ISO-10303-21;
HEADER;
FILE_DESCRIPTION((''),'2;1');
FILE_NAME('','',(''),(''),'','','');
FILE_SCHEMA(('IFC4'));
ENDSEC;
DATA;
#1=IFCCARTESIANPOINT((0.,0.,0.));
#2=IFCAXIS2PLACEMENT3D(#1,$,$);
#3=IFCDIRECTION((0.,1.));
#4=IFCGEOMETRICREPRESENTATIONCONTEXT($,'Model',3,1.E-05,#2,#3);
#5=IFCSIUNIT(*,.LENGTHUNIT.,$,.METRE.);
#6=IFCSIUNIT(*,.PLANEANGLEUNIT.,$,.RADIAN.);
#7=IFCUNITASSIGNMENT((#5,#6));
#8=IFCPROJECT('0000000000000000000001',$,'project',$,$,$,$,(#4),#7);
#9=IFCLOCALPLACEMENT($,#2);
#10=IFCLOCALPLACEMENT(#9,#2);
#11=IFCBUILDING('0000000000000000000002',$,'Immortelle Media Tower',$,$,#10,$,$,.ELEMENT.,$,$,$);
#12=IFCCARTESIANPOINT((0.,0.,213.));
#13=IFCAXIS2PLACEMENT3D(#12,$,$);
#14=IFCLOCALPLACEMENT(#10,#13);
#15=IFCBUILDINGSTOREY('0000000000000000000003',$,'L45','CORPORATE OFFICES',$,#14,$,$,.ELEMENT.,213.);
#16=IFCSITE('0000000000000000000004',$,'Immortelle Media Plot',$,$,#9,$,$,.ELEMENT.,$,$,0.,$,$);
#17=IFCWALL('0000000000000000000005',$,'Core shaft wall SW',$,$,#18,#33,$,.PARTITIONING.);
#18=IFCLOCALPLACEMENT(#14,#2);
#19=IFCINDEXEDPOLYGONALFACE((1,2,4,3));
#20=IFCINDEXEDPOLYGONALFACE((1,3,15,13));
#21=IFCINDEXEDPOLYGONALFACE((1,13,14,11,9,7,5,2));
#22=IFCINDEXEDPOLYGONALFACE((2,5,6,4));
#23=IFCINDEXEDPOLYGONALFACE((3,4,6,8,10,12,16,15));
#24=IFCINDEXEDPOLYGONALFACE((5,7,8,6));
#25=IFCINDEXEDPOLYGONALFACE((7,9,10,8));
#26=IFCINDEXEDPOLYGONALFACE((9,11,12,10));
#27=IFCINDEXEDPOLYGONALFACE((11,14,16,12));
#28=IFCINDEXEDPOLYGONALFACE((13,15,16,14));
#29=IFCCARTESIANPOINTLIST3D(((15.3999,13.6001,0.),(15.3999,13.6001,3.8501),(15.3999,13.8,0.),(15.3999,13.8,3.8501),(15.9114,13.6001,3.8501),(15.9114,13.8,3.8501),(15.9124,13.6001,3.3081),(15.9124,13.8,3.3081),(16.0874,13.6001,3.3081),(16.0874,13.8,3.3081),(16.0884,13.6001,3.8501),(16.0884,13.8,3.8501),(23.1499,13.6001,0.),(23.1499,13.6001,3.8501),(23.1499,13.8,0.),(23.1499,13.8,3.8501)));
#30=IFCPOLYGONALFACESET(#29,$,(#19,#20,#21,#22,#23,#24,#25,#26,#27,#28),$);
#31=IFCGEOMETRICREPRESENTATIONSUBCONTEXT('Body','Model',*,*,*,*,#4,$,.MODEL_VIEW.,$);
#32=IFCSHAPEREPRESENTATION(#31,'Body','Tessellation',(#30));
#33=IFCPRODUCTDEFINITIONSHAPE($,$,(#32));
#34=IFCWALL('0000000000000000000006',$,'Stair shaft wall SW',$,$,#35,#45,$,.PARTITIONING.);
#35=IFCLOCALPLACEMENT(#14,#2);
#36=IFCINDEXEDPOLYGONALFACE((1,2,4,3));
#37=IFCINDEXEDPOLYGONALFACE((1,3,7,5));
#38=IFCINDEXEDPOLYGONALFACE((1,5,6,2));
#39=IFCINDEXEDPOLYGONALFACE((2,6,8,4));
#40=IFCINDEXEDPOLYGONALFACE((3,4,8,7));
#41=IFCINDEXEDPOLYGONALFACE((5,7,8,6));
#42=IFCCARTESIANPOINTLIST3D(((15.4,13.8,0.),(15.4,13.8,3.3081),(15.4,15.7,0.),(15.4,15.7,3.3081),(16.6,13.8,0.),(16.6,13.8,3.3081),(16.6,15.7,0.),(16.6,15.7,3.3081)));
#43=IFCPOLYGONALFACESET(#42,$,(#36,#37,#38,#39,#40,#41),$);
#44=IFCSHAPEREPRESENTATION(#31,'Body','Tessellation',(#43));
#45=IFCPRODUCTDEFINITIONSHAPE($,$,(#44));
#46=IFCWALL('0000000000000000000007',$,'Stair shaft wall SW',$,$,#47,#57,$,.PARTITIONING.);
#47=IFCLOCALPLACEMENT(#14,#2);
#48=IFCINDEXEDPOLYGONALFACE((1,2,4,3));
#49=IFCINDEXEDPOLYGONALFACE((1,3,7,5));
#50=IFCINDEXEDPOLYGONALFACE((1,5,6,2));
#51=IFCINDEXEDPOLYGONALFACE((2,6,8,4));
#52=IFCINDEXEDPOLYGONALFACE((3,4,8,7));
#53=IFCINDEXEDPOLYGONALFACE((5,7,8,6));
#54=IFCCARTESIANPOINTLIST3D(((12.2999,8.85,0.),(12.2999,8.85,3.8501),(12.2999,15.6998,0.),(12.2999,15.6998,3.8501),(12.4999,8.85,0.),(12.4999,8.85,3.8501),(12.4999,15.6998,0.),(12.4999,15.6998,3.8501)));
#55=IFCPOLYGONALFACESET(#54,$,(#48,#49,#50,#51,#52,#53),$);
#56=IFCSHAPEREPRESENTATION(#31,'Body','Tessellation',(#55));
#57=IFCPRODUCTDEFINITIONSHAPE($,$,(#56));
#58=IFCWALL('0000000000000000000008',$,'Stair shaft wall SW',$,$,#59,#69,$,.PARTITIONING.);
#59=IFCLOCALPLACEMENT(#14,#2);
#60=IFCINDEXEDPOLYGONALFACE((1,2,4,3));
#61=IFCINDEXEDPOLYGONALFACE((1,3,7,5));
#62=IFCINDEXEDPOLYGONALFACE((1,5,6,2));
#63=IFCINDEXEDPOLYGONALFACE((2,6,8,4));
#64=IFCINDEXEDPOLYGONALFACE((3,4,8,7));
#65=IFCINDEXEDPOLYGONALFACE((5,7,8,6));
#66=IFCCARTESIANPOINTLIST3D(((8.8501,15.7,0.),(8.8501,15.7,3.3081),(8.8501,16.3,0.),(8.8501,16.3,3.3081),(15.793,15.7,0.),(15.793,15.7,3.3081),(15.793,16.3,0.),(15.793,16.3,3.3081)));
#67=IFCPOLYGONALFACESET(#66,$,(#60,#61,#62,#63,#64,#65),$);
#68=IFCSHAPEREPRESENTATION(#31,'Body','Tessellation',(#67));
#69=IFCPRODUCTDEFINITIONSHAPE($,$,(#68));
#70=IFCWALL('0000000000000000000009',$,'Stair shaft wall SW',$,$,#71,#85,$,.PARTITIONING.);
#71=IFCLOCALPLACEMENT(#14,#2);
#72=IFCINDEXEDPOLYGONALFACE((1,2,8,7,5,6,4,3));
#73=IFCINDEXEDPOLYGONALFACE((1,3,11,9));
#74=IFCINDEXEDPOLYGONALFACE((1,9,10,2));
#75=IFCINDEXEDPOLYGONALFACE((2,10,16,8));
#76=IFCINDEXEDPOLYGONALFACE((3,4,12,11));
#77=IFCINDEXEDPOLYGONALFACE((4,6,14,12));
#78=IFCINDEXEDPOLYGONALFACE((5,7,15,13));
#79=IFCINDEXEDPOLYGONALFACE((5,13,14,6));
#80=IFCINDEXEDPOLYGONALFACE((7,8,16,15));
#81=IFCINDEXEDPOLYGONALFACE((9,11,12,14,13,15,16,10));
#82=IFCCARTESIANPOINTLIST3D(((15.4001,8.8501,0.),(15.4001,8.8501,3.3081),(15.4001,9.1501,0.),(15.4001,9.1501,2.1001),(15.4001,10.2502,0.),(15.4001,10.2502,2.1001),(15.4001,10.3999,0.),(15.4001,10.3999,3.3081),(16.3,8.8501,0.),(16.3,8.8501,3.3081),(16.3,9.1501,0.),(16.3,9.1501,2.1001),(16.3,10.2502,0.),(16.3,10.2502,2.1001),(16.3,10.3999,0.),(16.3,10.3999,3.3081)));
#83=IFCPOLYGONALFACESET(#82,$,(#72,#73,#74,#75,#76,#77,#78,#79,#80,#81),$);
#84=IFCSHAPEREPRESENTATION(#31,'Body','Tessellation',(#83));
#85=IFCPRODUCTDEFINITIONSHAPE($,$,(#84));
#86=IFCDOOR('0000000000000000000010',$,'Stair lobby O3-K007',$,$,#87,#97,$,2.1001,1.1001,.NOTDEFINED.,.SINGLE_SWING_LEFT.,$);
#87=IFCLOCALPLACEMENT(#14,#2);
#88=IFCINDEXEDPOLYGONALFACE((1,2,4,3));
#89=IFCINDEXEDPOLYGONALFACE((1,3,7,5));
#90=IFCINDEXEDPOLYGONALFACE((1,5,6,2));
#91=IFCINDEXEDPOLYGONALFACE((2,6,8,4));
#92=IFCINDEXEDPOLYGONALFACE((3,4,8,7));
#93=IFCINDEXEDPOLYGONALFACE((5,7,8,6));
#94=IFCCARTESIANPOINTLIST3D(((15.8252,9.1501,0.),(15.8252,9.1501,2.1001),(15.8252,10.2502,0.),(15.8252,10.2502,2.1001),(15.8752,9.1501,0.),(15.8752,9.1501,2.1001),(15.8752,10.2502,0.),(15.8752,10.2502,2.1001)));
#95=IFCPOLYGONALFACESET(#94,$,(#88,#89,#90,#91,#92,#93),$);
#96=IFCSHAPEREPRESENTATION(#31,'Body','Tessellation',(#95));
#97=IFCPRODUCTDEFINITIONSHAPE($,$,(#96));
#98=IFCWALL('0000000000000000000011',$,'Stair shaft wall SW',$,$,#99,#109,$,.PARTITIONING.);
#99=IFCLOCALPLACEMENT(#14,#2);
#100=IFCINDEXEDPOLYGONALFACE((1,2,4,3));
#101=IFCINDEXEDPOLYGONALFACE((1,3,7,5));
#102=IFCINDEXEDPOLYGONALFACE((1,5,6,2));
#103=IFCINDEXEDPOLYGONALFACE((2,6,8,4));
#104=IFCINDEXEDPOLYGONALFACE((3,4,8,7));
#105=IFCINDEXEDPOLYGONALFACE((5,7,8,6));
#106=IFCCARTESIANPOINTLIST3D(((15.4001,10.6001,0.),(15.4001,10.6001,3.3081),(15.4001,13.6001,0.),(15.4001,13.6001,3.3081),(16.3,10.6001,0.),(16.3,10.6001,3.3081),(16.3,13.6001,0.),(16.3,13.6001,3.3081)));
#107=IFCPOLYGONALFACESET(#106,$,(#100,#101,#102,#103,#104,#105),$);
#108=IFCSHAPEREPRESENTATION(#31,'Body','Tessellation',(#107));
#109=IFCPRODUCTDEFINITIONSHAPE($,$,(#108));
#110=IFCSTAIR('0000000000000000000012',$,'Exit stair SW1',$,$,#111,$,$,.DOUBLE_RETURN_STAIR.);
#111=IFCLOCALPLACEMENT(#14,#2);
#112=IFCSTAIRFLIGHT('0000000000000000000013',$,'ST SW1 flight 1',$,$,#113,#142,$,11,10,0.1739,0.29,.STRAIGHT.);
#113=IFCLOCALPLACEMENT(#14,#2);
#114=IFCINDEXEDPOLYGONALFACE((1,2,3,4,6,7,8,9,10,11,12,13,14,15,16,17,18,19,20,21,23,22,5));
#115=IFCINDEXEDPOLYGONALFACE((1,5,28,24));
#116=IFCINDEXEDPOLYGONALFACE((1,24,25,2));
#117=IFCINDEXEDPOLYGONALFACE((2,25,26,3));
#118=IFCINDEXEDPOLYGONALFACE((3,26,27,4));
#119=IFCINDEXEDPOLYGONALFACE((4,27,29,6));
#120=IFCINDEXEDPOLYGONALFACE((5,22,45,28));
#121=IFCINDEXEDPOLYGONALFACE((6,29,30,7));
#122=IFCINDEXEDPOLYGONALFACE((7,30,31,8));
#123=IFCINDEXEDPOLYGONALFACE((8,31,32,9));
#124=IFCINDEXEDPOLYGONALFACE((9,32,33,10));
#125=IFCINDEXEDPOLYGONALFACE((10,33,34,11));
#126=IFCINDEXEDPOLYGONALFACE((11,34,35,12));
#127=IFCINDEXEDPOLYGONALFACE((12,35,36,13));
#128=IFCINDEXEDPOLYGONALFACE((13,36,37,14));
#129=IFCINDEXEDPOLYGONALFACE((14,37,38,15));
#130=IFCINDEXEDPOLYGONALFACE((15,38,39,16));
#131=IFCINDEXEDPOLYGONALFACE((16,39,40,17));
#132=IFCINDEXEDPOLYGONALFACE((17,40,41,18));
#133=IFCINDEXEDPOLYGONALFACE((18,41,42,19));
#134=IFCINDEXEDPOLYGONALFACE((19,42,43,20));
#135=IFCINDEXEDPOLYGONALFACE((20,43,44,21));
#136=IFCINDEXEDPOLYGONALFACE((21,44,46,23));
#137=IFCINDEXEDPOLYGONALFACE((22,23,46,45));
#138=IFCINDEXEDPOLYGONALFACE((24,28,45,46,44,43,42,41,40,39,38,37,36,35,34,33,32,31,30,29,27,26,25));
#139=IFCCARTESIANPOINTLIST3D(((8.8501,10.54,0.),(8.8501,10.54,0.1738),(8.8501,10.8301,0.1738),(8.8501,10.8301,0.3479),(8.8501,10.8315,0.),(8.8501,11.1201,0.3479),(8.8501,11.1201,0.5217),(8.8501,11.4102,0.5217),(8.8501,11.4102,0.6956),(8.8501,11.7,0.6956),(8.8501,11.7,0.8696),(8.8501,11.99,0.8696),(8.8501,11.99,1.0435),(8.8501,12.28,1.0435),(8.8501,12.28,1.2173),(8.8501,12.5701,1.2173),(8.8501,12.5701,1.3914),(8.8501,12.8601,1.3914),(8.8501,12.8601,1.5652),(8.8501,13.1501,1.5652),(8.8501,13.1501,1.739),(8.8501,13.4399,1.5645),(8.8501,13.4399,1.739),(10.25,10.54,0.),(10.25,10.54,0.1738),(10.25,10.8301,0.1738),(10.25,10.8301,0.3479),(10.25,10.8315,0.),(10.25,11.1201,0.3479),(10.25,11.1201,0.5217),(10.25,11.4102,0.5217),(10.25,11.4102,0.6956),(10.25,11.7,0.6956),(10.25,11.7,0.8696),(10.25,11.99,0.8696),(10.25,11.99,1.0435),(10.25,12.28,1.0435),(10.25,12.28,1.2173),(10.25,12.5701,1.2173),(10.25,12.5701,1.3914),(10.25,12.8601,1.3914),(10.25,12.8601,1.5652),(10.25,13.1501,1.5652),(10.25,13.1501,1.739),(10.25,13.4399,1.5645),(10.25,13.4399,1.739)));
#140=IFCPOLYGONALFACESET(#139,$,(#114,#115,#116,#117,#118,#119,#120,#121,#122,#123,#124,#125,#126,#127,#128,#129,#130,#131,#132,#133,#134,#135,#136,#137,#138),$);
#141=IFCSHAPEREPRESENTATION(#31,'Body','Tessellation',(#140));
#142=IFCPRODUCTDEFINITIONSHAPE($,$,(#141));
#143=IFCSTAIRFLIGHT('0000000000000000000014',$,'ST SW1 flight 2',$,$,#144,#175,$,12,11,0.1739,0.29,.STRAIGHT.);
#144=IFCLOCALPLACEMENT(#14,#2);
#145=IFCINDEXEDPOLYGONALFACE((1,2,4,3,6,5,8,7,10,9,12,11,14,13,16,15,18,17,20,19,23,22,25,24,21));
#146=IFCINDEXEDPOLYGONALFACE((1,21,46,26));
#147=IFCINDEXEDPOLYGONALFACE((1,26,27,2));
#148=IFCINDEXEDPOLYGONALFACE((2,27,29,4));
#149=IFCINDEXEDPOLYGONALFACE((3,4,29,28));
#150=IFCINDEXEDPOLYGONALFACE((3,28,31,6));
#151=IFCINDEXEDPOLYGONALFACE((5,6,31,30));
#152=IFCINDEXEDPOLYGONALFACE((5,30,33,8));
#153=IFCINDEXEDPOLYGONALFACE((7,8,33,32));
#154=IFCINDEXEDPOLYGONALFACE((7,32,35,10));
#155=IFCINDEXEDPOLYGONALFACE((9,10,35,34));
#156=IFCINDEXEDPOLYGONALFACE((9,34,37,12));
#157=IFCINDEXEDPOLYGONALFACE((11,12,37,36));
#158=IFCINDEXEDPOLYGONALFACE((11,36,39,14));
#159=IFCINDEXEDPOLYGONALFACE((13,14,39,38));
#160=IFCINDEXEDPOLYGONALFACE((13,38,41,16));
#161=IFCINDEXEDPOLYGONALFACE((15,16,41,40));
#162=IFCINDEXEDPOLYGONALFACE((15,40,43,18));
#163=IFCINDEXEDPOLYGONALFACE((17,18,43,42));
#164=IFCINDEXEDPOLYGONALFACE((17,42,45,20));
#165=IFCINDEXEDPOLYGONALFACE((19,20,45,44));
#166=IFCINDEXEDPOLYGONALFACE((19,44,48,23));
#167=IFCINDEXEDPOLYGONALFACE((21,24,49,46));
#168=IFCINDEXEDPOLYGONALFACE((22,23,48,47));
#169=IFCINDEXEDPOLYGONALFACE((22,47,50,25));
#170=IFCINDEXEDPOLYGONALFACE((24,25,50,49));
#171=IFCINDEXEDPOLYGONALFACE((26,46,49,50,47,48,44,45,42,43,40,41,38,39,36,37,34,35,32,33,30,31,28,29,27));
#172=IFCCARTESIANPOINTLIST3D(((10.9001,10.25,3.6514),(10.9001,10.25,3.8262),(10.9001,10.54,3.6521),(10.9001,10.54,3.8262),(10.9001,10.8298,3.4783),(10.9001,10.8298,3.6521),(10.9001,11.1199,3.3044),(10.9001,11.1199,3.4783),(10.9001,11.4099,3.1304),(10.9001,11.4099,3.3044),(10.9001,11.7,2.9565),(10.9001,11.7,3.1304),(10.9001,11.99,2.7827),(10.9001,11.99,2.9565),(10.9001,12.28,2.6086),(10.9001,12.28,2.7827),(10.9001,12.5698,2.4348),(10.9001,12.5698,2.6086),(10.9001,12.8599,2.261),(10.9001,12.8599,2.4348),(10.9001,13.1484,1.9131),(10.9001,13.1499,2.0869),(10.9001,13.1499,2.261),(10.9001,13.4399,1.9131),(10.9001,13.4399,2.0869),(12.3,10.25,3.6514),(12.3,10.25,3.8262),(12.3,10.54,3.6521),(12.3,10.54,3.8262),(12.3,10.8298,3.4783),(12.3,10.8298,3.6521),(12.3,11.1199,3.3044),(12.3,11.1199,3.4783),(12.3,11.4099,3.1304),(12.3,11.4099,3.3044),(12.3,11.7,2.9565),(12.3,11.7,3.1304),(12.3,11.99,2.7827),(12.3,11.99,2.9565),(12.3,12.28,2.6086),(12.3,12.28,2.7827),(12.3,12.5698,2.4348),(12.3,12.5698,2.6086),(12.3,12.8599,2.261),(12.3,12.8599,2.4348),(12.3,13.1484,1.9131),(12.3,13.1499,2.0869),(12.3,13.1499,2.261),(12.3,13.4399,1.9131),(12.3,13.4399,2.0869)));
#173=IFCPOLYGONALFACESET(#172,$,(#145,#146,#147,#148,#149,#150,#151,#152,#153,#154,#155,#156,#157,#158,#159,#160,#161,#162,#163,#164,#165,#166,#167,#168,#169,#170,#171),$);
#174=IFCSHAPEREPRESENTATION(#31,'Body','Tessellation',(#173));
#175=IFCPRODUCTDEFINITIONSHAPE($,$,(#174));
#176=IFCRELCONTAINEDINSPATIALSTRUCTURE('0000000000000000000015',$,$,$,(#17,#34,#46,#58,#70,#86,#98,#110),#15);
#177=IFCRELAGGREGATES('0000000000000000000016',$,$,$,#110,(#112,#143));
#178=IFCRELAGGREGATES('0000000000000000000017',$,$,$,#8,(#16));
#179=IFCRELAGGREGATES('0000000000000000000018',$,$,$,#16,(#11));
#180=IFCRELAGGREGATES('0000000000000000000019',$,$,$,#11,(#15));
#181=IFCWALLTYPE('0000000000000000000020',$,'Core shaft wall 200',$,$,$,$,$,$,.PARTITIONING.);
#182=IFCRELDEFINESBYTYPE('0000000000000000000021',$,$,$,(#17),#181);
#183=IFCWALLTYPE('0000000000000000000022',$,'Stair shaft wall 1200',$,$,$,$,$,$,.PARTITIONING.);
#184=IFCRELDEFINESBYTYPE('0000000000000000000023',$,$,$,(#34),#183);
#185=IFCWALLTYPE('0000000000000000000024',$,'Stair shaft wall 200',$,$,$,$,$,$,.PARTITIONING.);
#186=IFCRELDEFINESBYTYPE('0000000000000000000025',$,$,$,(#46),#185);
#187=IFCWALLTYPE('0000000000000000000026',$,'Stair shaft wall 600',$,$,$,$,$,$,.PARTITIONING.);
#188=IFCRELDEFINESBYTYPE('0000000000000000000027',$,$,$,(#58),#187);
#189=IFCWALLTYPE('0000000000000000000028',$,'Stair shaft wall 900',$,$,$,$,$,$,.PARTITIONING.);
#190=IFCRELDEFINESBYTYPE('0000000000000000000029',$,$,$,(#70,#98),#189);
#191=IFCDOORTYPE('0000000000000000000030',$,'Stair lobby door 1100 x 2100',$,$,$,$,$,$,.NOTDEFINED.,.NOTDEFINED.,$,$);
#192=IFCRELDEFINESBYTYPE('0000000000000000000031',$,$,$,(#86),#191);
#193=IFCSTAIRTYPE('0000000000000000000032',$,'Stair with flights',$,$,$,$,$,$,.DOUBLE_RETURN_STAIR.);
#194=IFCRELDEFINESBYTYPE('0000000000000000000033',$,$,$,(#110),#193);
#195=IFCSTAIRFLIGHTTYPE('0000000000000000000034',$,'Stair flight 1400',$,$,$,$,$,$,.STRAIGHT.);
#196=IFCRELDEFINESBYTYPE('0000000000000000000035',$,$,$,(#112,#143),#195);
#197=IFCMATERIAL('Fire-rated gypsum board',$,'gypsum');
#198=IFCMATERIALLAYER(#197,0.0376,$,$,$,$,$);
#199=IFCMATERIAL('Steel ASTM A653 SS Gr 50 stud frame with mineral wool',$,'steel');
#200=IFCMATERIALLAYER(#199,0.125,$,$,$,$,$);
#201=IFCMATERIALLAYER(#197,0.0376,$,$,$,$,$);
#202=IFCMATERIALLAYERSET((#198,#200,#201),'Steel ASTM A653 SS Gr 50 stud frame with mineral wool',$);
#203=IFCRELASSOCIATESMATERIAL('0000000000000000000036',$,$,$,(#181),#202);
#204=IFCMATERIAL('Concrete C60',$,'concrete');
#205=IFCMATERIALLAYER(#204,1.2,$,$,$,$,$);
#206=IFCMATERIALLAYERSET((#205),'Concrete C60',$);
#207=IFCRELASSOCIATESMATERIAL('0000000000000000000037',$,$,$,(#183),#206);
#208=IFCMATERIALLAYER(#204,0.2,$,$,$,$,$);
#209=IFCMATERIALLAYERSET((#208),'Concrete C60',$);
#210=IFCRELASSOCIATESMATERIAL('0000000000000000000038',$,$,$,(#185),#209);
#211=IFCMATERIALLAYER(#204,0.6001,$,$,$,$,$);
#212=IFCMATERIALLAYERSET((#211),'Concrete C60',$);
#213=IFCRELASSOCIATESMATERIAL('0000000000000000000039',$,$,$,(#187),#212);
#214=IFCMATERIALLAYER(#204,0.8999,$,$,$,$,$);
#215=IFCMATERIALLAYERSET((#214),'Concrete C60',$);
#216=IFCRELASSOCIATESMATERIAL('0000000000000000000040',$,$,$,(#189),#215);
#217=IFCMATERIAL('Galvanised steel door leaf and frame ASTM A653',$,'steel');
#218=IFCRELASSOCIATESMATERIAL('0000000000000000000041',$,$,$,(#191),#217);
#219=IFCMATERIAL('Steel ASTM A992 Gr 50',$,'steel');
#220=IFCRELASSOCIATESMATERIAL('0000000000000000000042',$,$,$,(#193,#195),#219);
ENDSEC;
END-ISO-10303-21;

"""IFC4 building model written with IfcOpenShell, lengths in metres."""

from ifc_helpers import new_model, si_unit, direction, frame, frame_2d, origin, place, context, subcontext, project, spatial, polyline, rectangle, outline, extrude, material, layer, layer_set, type_object, element, fill, aggregate, save


model = new_model("IFC4")

# Units and contexts
model_context = context("Model", 3, precision=1e-05, world=origin(), true_north=direction((0.0, 1.0)))
body_context = subcontext(model_context, "Body", "Model", "MODEL_VIEW")
ifc_project = project(units=[si_unit("LENGTHUNIT", "METRE"), si_unit("PLANEANGLEUNIT", "RADIAN")], contexts=[model_context])

# Site, building, storey
site_placement = place(None, origin())
site = spatial("IfcSite", under=ifc_project, at=site_placement, Name="Immortelle Media Plot", CompositionType="ELEMENT", RefElevation=0.0)
building_placement = place(site_placement, origin())
building = spatial("IfcBuilding", under=site, at=building_placement, Name="Immortelle Media Tower", CompositionType="ELEMENT")
storey_placement = place(building_placement, frame((0.0, 0.0, 213.0)))
storey = spatial("IfcBuildingStorey", under=building, at=storey_placement, Name="L45", Description="CORPORATE OFFICES", CompositionType="ELEMENT", Elevation=213.0)

# Shared definitions
ifc_material_1 = material(Name="Steel ASTM A992 Gr 50", Category="steel")

# Shared definitions
ifc_material_2 = material(Name="Fire-rated gypsum board", Category="gypsum")
ifc_layer_1 = layer(ifc_material_2, 0.0376)
ifc_material_3 = material(Name="Steel ASTM A653 SS Gr 50 stud frame with mineral wool", Category="steel")
ifc_layer_2 = layer(ifc_material_3, 0.125)
ifc_layer_3 = layer(ifc_material_2, 0.0376)
ifc_layer_set_1 = layer_set([ifc_layer_1, ifc_layer_2, ifc_layer_3], Name="Steel ASTM A653 SS Gr 50 stud frame with mineral wool")
wall_type_1 = type_object("IfcWallType", Name="Core shaft wall 200", PredefinedType="PARTITIONING", material=ifc_layer_set_1)

# Walls
wall_1_placement = place(storey_placement, frame((15.3999, 13.7, 0.0), z_axis=(0.0, 0.0, 1.0), x_axis=(1.0, 0.0, 0.0)))
element("IfcWall", 1, at=wall_1_placement, inside=storey, type_object=wall_type_1, Name="Core shaft wall SW", PredefinedType="PARTITIONING", context=body_context, shape_type="SweptSolid", body=[
    extrude(outline(polyline([(0.0, 0.0), (7.75, 0.0), (7.75, 3.8501), (0.6885, 3.8501), (0.6875, 3.3081), (0.5125, 3.3081), (0.5115, 3.8501), (0.0, 3.8501), (0.0, 0.0)])), frame((0.0, 0.1001, 0.0), z_axis=(0.0, -1.0, 0.0), x_axis=(1.0, 0.0, 0.0)), (0.0, 0.0, 1.0), 0.2),
])
ifc_material_4 = material(Name="Concrete C60", Category="concrete")
ifc_layer_4 = layer(ifc_material_4, 1.2)
ifc_layer_set_2 = layer_set([ifc_layer_4], Name="Concrete C60")
wall_type_2 = type_object("IfcWallType", Name="Stair shaft wall 1200", PredefinedType="PARTITIONING", material=ifc_layer_set_2)
wall_2_placement = place(storey_placement, frame((16.0, 13.8, 0.0), z_axis=(0.0, 0.0, 1.0), x_axis=(0.0, 1.0, 0.0)))
element("IfcWall", 2, at=wall_2_placement, inside=storey, type_object=wall_type_2, Name="Stair shaft wall SW", PredefinedType="PARTITIONING", context=body_context, shape_type="SweptSolid", body=[
    extrude(rectangle(XDim=1.8999, YDim=1.2, at=frame_2d((0.95, 0.0))), origin(), (0.0, 0.0, 1.0), 3.3081),
])
ifc_layer_5 = layer(ifc_material_4, 0.2)
ifc_layer_set_3 = layer_set([ifc_layer_5], Name="Concrete C60")
wall_type_3 = type_object("IfcWallType", Name="Stair shaft wall 200", PredefinedType="PARTITIONING", material=ifc_layer_set_3)
wall_3_placement = place(storey_placement, frame((12.3999, 8.8501, 0.0), z_axis=(0.0, 0.0, 1.0), x_axis=(0.0, 1.0, 0.0)))
element("IfcWall", 3, at=wall_3_placement, inside=storey, type_object=wall_type_3, Name="Stair shaft wall SW", PredefinedType="PARTITIONING", context=body_context, shape_type="SweptSolid", body=[
    extrude(rectangle(XDim=6.8499, YDim=0.2, at=frame_2d((3.4248, 0.0))), origin(), (0.0, 0.0, 1.0), 3.8501),
])
ifc_layer_6 = layer(ifc_material_4, 0.6001)
ifc_layer_set_4 = layer_set([ifc_layer_6], Name="Concrete C60")
wall_type_4 = type_object("IfcWallType", Name="Stair shaft wall 600", PredefinedType="PARTITIONING", material=ifc_layer_set_4)
wall_4_placement = place(storey_placement, frame((8.8501, 16.0, 0.0), z_axis=(0.0, 0.0, 1.0), x_axis=(1.0, 0.0, 0.0)))
element("IfcWall", 4, at=wall_4_placement, inside=storey, type_object=wall_type_4, Name="Stair shaft wall SW", PredefinedType="PARTITIONING", context=body_context, shape_type="SweptSolid", body=[
    extrude(rectangle(XDim=6.9429, YDim=0.6001, at=frame_2d((3.4714, 0.0))), origin(), (0.0, 0.0, 1.0), 3.3081),
])

# Wall, opening, door
ifc_layer_7 = layer(ifc_material_4, 0.8999)
ifc_layer_set_5 = layer_set([ifc_layer_7], Name="Concrete C60")
wall_type_5 = type_object("IfcWallType", Name="Stair shaft wall 900", PredefinedType="PARTITIONING", material=ifc_layer_set_5)
wall_5_placement = place(storey_placement, frame((15.8501, 8.8501, 0.0), z_axis=(0.0, 0.0, 1.0), x_axis=(0.0, 1.0, 0.0)))
wall_5 = element("IfcWall", 5, at=wall_5_placement, inside=storey, type_object=wall_type_5, Name="Stair shaft wall SW", PredefinedType="PARTITIONING", context=body_context, shape_type="SweptSolid", body=[
    extrude(rectangle(XDim=1.5498, YDim=0.8999, at=frame_2d((0.7749, 0.0))), origin(), (0.0, 0.0, 1.0), 3.3081),
])
opening_1_placement = place(wall_5_placement, frame((0.3, 0.0, 0.0)))
opening_1 = element("IfcOpeningElement", 6, at=opening_1_placement, cuts=wall_5, PredefinedType="OPENING", context=body_context, shape_type="SweptSolid", body=[
    extrude(rectangle(XDim=1.1001, YDim=2.1001, at=frame_2d((0.55, 1.05))), frame((0.0, 0.46, 0.0), z_axis=(0.0, -1.0, 0.0), x_axis=(1.0, 0.0, 0.0)), (0.0, 0.0, 1.0), 0.9199),
])
ifc_material_5 = material(Name="Galvanised steel door leaf and frame ASTM A653", Category="steel")
door_type_1 = type_object("IfcDoorType", Name="Stair lobby door 1100 x 2100", OperationType="NOTDEFINED", PredefinedType="NOTDEFINED", material=ifc_material_5)
door_1_placement = place(opening_1_placement, origin())
door_1 = element("IfcDoor", 7, at=door_1_placement, inside=storey, type_object=door_type_1, Name="Stair lobby O3-K007", OperationType="SINGLE_SWING_LEFT", OverallHeight=2.1001, OverallWidth=1.1001, PredefinedType="NOTDEFINED", context=body_context, shape_type="SweptSolid", body=[
    extrude(rectangle(XDim=1.1001, YDim=2.1001, at=frame_2d((0.55, 1.05))), frame((0.0, 0.0249, 0.0), z_axis=(0.0, -1.0, 0.0), x_axis=(1.0, 0.0, 0.0)), (0.0, 0.0, 1.0), 0.05),
])
fill(opening_1, door_1)

# Wall
wall_6_placement = place(storey_placement, frame((15.8501, 10.6001, 0.0), z_axis=(0.0, 0.0, 1.0), x_axis=(0.0, 1.0, 0.0)))
element("IfcWall", 8, at=wall_6_placement, inside=storey, type_object=wall_type_5, Name="Stair shaft wall SW", PredefinedType="PARTITIONING", context=body_context, shape_type="SweptSolid", body=[
    extrude(rectangle(XDim=3.0, YDim=0.8999, at=frame_2d((1.5, 0.0))), origin(), (0.0, 0.0, 1.0), 3.3081),
])

# Stair, stair flights
stair_type = type_object("IfcStairType", Name="Stair with flights", PredefinedType="DOUBLE_RETURN_STAIR", material=ifc_material_1)
stair_1_placement = place(storey_placement, origin())
stair_1 = element("IfcStair", 9, at=stair_1_placement, inside=storey, type_object=stair_type, Name="Exit stair SW1", PredefinedType="DOUBLE_RETURN_STAIR")
stair_flight_type = type_object("IfcStairFlightType", Name="Stair flight 1400", PredefinedType="STRAIGHT", material=ifc_material_1)
stair_flight_1_placement = place(storey_placement, frame((9.55, 10.54, 0.0), z_axis=(0.0, 0.0, 1.0), x_axis=(0.0, 1.0, 0.0)))
stair_flight_1 = element("IfcStairFlight", 10, at=stair_flight_1_placement, type_object=stair_flight_type, Name="ST SW1 flight 1", NumberOfRisers=11, NumberOfTreads=10, PredefinedType="STRAIGHT", RiserHeight=0.1739, TreadLength=0.29, context=body_context, shape_type="SweptSolid", body=[
    extrude(outline(polyline([(0.0, 0.0), (0.0, 0.1738), (0.29, 0.1738), (0.29, 0.3479), (0.5801, 0.3479), (0.5801, 0.5217), (0.8701, 0.5217), (0.8701, 0.6956), (1.1599, 0.6956), (1.1599, 0.8696), (1.45, 0.8696), (1.45, 1.0435), (1.74, 1.0435), (1.74, 1.2173), (2.03, 1.2173), (2.03, 1.3914), (2.3201, 1.3914), (2.3201, 1.5652), (2.6101, 1.5652), (2.6101, 1.739), (2.8999, 1.739), (2.8999, 1.9131), (2.8999, 1.5645), (0.2915, 0.0), (0.0, 0.0)])), frame((0.0, 0.7, 0.0), z_axis=(0.0, -1.0, 0.0), x_axis=(1.0, 0.0, 0.0)), (0.0, 0.0, 1.0), 1.3999),
])
stair_flight_2_placement = place(storey_placement, frame((11.6001, 13.4399, 1.9131), z_axis=(0.0, 0.0, 1.0), x_axis=(0.0, -1.0, 0.0)))
stair_flight_2 = element("IfcStairFlight", 11, at=stair_flight_2_placement, type_object=stair_flight_type, Name="ST SW1 flight 2", NumberOfRisers=12, NumberOfTreads=11, PredefinedType="STRAIGHT", RiserHeight=0.1739, TreadLength=0.29, context=body_context, shape_type="SweptSolid", body=[
    extrude(outline(polyline([(0.0, 0.0), (0.0, 0.1738), (0.29, 0.1738), (0.29, 0.3479), (0.5801, 0.3479), (0.5801, 0.5217), (0.8701, 0.5217), (0.8701, 0.6956), (1.1599, 0.6956), (1.1599, 0.8696), (1.45, 0.8696), (1.45, 1.0435), (1.74, 1.0435), (1.74, 1.2173), (2.03, 1.2173), (2.03, 1.3914), (2.3201, 1.3914), (2.3201, 1.5652), (2.6101, 1.5652), (2.6101, 1.739), (2.8999, 1.739), (2.8999, 1.9131), (3.1899, 1.9131), (3.1899, 2.0869), (3.1899, 1.7383), (0.2915, 0.0), (0.0, 0.0)])), frame((0.0, 0.7, 0.0), z_axis=(0.0, -1.0, 0.0), x_axis=(1.0, 0.0, 0.0)), (0.0, 0.0, 1.0), 1.3999),
])
aggregate(stair_1, [stair_flight_1, stair_flight_2])

save(model, "model.ifc")
